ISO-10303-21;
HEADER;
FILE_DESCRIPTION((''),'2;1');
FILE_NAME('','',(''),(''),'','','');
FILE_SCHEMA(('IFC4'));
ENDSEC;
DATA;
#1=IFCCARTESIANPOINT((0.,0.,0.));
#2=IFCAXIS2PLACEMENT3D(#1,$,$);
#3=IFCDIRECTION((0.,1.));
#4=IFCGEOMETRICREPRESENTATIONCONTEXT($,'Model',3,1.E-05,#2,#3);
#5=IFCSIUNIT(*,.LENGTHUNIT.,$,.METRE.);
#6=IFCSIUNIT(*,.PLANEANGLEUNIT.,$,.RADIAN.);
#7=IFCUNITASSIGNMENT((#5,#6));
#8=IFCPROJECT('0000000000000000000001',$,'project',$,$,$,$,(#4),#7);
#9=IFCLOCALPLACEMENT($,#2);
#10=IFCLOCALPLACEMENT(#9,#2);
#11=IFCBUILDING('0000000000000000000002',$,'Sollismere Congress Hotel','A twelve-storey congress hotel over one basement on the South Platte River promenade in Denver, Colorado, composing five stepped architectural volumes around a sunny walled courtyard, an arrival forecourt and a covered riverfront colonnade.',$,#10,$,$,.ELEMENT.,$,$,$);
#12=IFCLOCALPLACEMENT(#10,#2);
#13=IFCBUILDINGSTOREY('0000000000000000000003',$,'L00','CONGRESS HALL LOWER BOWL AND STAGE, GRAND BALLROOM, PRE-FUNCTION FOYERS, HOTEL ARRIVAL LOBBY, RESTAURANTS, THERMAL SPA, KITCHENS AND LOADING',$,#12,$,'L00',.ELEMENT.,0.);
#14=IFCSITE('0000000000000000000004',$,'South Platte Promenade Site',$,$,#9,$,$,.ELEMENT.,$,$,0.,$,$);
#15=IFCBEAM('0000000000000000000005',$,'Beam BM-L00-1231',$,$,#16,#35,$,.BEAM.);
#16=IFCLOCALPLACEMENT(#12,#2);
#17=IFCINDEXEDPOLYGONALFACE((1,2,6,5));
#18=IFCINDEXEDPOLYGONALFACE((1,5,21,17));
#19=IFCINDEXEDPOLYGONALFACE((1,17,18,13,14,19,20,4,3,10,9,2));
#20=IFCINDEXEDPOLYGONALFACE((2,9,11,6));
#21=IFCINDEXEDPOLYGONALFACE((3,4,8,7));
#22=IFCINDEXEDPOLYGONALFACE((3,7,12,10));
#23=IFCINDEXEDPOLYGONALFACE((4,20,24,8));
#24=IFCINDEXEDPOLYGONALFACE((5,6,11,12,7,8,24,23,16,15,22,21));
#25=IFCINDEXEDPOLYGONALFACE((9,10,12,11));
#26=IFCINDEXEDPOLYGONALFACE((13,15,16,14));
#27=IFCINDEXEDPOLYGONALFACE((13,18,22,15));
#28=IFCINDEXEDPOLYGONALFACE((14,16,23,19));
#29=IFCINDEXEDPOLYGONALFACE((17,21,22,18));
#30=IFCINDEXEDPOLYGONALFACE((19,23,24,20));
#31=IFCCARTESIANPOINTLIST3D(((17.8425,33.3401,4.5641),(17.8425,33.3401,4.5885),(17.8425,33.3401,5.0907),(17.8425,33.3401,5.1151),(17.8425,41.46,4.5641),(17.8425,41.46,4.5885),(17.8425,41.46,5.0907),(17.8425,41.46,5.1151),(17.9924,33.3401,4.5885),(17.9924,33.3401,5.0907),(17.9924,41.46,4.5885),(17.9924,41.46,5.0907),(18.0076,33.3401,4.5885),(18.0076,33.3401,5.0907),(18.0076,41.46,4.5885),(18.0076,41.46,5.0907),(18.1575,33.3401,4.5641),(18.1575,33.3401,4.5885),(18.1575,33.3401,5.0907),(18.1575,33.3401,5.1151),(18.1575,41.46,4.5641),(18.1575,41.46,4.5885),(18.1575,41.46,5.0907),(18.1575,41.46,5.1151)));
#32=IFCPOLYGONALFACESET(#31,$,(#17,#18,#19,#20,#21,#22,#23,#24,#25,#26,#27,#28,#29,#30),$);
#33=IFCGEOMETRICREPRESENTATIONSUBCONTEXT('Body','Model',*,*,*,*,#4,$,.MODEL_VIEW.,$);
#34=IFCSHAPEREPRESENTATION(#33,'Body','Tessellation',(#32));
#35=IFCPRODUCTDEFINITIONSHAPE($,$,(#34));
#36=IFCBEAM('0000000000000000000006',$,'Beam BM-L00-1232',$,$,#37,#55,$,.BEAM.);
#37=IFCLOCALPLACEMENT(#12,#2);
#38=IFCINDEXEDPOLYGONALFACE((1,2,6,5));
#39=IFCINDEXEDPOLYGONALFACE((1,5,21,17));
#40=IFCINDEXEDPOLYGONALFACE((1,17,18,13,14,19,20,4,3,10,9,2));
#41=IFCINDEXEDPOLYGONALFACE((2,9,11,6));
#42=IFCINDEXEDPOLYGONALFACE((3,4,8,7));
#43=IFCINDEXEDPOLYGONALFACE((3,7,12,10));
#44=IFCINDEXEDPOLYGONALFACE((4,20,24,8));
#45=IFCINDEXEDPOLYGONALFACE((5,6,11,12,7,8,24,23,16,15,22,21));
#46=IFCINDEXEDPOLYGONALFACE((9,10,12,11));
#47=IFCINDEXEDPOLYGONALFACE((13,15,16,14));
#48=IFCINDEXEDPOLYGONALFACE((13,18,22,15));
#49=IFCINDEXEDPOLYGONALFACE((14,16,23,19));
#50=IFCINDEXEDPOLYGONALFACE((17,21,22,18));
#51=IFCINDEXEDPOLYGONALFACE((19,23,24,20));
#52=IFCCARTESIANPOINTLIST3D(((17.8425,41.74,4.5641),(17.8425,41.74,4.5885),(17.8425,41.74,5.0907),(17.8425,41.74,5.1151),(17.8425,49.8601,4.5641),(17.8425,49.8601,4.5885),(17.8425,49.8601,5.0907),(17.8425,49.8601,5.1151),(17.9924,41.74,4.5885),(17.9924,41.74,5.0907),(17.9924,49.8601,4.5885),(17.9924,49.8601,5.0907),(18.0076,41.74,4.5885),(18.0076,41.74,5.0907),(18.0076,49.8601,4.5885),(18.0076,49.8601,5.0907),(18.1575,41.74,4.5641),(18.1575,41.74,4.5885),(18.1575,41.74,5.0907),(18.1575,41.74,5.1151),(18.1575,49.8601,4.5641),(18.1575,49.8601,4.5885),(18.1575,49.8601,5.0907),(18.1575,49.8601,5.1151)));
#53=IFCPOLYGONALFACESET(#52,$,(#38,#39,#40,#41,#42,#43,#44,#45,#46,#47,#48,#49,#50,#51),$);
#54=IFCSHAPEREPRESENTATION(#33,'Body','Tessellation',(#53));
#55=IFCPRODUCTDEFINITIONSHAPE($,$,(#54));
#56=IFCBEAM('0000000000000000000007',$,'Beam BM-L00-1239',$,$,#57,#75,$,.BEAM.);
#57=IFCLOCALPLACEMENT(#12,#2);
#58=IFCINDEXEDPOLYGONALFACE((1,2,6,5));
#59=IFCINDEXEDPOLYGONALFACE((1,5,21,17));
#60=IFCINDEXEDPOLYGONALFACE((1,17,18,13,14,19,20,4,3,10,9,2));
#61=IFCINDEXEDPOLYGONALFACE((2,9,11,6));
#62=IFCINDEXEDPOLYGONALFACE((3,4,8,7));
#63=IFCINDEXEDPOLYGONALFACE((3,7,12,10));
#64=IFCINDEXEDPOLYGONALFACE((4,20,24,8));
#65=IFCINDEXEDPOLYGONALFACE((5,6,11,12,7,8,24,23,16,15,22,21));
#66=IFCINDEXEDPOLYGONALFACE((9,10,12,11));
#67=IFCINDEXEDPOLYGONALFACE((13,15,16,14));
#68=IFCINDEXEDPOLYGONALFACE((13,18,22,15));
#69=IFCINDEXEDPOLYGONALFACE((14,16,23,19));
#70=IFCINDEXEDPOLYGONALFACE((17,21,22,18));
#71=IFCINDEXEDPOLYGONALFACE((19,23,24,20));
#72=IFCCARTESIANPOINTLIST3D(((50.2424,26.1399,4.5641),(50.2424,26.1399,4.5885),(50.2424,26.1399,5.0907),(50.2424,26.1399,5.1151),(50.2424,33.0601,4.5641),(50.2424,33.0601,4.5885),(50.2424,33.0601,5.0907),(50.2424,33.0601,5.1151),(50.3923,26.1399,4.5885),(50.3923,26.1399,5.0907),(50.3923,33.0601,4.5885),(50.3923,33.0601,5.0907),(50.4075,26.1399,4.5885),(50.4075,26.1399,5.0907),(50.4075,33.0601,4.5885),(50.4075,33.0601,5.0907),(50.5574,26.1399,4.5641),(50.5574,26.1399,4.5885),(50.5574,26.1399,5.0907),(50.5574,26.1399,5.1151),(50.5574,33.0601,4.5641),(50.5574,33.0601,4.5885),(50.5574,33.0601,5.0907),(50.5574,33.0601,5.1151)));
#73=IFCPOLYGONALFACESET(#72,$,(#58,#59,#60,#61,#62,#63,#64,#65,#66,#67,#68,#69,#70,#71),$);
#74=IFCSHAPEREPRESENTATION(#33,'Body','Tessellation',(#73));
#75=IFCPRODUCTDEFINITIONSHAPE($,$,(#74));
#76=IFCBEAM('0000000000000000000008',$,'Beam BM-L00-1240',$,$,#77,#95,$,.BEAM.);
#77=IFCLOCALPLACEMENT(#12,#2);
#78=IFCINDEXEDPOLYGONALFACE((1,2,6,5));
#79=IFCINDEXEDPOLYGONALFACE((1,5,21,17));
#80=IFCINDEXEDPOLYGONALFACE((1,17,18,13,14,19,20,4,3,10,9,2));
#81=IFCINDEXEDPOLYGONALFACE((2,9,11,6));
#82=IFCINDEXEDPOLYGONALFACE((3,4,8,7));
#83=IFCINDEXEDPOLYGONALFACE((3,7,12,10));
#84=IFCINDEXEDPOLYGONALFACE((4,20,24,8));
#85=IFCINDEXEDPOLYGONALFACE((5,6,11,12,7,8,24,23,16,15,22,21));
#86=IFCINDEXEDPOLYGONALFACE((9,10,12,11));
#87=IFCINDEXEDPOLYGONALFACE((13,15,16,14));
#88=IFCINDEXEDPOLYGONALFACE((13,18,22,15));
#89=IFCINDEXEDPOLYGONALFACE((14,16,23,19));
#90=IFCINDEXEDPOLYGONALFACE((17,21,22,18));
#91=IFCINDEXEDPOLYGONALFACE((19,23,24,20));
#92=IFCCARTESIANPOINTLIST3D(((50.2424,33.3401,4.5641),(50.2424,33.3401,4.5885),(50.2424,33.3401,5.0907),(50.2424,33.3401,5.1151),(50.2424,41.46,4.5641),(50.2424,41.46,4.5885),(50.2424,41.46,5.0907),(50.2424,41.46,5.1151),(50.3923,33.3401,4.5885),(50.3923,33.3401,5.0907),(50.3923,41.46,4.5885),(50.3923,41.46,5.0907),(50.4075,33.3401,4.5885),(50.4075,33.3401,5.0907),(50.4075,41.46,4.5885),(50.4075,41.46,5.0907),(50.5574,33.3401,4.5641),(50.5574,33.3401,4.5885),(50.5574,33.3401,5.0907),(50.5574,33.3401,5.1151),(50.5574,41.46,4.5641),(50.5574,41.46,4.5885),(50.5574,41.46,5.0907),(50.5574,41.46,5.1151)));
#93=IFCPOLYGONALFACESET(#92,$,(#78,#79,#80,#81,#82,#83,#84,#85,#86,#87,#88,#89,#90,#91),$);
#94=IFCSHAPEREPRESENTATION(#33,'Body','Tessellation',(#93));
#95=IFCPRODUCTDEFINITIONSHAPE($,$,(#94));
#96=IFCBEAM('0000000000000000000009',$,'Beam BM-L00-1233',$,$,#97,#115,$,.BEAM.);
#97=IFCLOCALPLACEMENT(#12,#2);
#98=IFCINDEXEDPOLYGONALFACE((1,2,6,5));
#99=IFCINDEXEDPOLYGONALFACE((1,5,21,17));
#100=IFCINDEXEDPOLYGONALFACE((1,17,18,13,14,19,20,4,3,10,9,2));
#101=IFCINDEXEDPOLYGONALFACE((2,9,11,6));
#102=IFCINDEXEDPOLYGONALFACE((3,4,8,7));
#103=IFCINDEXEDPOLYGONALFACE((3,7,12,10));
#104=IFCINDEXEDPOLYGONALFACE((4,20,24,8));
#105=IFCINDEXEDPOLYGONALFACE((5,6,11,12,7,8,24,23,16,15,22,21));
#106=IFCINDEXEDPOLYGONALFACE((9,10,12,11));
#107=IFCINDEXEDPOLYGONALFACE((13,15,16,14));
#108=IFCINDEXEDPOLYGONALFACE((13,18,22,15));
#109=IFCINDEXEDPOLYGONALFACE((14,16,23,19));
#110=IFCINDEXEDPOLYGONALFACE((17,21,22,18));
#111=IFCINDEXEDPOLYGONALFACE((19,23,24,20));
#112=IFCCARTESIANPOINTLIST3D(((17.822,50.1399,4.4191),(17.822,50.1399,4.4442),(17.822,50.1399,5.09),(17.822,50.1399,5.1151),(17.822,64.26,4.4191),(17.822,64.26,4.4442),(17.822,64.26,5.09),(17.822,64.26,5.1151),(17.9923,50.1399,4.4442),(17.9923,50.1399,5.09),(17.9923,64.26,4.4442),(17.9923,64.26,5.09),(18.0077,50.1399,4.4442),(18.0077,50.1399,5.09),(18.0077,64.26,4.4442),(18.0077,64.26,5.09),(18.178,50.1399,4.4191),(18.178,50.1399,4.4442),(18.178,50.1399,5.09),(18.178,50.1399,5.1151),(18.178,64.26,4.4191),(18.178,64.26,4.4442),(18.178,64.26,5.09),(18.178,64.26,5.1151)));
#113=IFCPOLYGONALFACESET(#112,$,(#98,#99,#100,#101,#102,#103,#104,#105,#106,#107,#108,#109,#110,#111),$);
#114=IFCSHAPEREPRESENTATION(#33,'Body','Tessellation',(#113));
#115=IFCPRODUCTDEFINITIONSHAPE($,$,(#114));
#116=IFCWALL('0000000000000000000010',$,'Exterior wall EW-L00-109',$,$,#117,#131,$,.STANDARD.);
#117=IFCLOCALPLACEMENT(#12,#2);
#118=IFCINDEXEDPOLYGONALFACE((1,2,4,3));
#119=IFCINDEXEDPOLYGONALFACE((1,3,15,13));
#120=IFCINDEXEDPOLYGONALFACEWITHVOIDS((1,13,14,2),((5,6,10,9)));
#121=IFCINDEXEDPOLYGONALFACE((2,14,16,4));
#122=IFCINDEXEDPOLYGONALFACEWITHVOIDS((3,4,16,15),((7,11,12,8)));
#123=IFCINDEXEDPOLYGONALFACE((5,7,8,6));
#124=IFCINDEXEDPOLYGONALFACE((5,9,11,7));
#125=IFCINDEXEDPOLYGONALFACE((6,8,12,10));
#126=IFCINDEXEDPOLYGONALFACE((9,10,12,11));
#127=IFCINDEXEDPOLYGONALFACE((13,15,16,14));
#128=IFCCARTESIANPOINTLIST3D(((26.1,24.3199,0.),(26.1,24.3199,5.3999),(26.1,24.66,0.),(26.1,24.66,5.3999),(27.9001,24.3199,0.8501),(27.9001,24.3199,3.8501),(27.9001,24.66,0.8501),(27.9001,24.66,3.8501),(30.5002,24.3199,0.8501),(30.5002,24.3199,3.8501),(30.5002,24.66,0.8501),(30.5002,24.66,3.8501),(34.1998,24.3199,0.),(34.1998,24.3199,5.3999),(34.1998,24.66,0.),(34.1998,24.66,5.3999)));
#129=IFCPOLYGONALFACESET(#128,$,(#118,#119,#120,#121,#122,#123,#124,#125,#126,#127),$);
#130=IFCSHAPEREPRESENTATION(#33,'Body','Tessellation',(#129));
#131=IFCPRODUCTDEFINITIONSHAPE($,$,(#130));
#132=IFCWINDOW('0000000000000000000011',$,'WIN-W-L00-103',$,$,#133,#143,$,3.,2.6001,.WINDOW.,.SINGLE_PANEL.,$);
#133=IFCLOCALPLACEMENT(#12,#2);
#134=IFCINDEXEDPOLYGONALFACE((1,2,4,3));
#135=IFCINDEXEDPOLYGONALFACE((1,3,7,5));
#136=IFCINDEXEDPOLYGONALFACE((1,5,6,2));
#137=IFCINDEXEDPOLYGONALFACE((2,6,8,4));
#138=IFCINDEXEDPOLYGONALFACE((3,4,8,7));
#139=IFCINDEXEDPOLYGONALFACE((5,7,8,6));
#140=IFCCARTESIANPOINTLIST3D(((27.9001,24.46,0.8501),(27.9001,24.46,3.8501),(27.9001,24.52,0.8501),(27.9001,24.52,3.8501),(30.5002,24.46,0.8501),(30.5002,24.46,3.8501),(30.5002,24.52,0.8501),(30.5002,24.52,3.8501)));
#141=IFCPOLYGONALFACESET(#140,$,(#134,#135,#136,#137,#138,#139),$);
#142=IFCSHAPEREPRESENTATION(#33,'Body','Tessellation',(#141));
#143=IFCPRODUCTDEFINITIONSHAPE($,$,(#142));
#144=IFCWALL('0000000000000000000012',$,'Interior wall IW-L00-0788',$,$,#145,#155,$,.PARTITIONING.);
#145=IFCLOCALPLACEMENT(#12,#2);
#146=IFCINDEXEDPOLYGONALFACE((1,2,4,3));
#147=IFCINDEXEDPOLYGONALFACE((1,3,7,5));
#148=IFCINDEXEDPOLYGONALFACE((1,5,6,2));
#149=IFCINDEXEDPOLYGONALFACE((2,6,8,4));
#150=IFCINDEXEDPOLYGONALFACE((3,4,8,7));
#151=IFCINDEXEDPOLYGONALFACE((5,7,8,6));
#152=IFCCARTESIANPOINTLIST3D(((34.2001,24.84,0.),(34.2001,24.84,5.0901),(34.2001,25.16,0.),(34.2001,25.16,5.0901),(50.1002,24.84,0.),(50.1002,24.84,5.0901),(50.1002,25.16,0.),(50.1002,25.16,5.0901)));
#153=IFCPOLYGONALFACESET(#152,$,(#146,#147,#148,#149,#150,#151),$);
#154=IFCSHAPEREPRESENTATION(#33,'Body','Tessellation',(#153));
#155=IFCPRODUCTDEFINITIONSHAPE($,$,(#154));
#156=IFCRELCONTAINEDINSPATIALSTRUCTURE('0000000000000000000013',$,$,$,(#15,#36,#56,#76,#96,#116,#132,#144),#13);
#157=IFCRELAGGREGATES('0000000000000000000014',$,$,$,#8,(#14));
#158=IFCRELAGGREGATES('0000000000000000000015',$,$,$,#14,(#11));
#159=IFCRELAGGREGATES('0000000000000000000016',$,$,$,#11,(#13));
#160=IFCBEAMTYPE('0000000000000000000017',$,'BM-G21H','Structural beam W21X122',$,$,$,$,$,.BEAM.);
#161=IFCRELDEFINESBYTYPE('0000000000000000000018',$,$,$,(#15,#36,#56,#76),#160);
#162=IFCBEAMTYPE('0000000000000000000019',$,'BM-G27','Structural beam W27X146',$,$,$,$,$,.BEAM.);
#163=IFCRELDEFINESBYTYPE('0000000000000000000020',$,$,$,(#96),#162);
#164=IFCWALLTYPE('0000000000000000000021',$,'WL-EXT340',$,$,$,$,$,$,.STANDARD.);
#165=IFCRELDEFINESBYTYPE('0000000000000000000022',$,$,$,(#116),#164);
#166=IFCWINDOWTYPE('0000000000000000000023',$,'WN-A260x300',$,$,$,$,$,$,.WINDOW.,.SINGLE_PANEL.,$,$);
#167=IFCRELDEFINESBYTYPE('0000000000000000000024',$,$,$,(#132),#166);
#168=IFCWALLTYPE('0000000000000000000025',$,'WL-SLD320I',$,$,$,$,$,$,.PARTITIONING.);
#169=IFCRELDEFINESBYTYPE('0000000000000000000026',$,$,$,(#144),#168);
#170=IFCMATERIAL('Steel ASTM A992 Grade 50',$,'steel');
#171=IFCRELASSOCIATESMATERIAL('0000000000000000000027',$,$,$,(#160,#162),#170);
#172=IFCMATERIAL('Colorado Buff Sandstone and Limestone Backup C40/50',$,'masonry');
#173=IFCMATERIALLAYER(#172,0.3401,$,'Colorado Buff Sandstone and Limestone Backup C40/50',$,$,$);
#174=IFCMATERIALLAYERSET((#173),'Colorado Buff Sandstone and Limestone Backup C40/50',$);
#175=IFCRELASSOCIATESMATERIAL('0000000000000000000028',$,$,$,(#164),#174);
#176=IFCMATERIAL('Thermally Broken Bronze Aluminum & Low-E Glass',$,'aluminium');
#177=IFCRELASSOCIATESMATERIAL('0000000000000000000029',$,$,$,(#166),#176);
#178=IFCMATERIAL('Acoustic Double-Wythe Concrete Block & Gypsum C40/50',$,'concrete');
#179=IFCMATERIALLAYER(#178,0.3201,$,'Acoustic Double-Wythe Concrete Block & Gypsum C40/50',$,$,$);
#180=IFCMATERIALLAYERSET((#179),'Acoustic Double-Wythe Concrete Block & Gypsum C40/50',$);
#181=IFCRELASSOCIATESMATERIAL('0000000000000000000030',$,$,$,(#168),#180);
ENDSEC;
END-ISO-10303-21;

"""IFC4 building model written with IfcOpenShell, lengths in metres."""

from ifc_helpers import new_model, si_unit, direction, frame, frame_2d, origin, origin_2d, place, context, subcontext, project, spatial, rectangle, i_section, extrude, material, layer, layer_set, material_profile, profile_set, type_object, element, fill, save


model = new_model("IFC4")

# Units and contexts
model_context = context("Model", 3, precision=1e-05, world=origin(), true_north=direction((0.0, 1.0)))
body_context = subcontext(model_context, "Body", "Model", "MODEL_VIEW")
ifc_project = project(units=[si_unit("LENGTHUNIT", "METRE"), si_unit("PLANEANGLEUNIT", "RADIAN")], contexts=[model_context])

# Site, building, storey
site_placement = place(None, origin())
site = spatial("IfcSite", under=ifc_project, at=site_placement, Name="South Platte Promenade Site", CompositionType="ELEMENT", RefElevation=0.0)
building_placement = place(site_placement, origin())
building = spatial("IfcBuilding", under=site, at=building_placement, Name="Sollismere Congress Hotel", Description="A twelve-storey congress hotel over one basement on the South Platte River promenade in Denver, Colorado, composing five stepped architectural volumes around a sunny walled courtyard, an arrival forecourt and a covered riverfront colonnade.", CompositionType="ELEMENT")
storey_placement = place(building_placement, origin())
storey = spatial("IfcBuildingStorey", under=building, at=storey_placement, Name="L00", Description="CONGRESS HALL LOWER BOWL AND STAGE, GRAND BALLROOM, PRE-FUNCTION FOYERS, HOTEL ARRIVAL LOBBY, RESTAURANTS, THERMAL SPA, KITCHENS AND LOADING", LongName="L00", CompositionType="ELEMENT", Elevation=0.0)

# Shared definitions
ifc_material_1 = material(Name="Steel ASTM A992 Grade 50", Category="steel")

# Beams
ifc_material_profile_1 = material_profile(ifc_material_1, i_section(OverallWidth=0.3149, OverallDepth=0.551, WebThickness=0.0151, FlangeThickness=0.0244, at=origin_2d()), Name="W21X122")
ifc_profile_set_1 = profile_set([ifc_material_profile_1], Name="Steel ASTM A992 Grade 50")
beam_type_1 = type_object("IfcBeamType", Name="BM-G21H", Description="Structural beam W21X122", PredefinedType="BEAM", material=ifc_profile_set_1)
beam_1_placement = place(storey_placement, frame((18.0, 33.3401, 4.8396), z_axis=(0.0, 1.0, 0.0), x_axis=(-1.0, 0.0, 0.0)))
element("IfcBeam", 1, at=beam_1_placement, inside=storey, type_object=beam_type_1, Name="Beam BM-L00-1231", PredefinedType="BEAM", context=body_context, shape_type="SweptSolid", body=[
    extrude(i_section(OverallWidth=0.3149, OverallDepth=0.551, WebThickness=0.0151, FlangeThickness=0.0244, at=origin_2d()), origin(), (0.0, 0.0, 1.0), 8.1199),
])
beam_2_placement = place(storey_placement, frame((18.0, 41.74, 4.8396), z_axis=(0.0, 1.0, 0.0), x_axis=(-1.0, 0.0, 0.0)))
element("IfcBeam", 2, at=beam_2_placement, inside=storey, type_object=beam_type_1, Name="Beam BM-L00-1232", PredefinedType="BEAM", context=body_context, shape_type="SweptSolid", body=[
    extrude(i_section(OverallWidth=0.3149, OverallDepth=0.551, WebThickness=0.0151, FlangeThickness=0.0244, at=origin_2d()), origin(), (0.0, 0.0, 1.0), 8.1201),
])
beam_3_placement = place(storey_placement, frame((50.3999, 26.1399, 4.8396), z_axis=(0.0, 1.0, 0.0), x_axis=(-1.0, 0.0, 0.0)))
element("IfcBeam", 3, at=beam_3_placement, inside=storey, type_object=beam_type_1, Name="Beam BM-L00-1239", PredefinedType="BEAM", context=body_context, shape_type="SweptSolid", body=[
    extrude(i_section(OverallWidth=0.3149, OverallDepth=0.551, WebThickness=0.0151, FlangeThickness=0.0244, at=origin_2d()), origin(), (0.0, 0.0, 1.0), 6.9202),
])
beam_4_placement = place(storey_placement, frame((50.3999, 33.3401, 4.8396), z_axis=(0.0, 1.0, 0.0), x_axis=(-1.0, 0.0, 0.0)))
element("IfcBeam", 4, at=beam_4_placement, inside=storey, type_object=beam_type_1, Name="Beam BM-L00-1240", PredefinedType="BEAM", context=body_context, shape_type="SweptSolid", body=[
    extrude(i_section(OverallWidth=0.3149, OverallDepth=0.551, WebThickness=0.0151, FlangeThickness=0.0244, at=origin_2d()), origin(), (0.0, 0.0, 1.0), 8.1199),
])
ifc_material_profile_2 = material_profile(ifc_material_1, i_section(OverallWidth=0.356, OverallDepth=0.696, WebThickness=0.0154, FlangeThickness=0.0251, at=origin_2d()), Name="W27X146")
ifc_profile_set_2 = profile_set([ifc_material_profile_2], Name="Steel ASTM A992 Grade 50")
beam_type_2 = type_object("IfcBeamType", Name="BM-G27", Description="Structural beam W27X146", PredefinedType="BEAM", material=ifc_profile_set_2)
beam_5_placement = place(storey_placement, frame((18.0, 50.1399, 4.7671), z_axis=(0.0, 1.0, 0.0), x_axis=(-1.0, 0.0, 0.0)))
element("IfcBeam", 5, at=beam_5_placement, inside=storey, type_object=beam_type_2, Name="Beam BM-L00-1233", PredefinedType="BEAM", context=body_context, shape_type="SweptSolid", body=[
    extrude(i_section(OverallWidth=0.356, OverallDepth=0.696, WebThickness=0.0154, FlangeThickness=0.0251, at=origin_2d()), origin(), (0.0, 0.0, 1.0), 14.1201),
])

# Wall, opening, window
ifc_material_2 = material(Name="Colorado Buff Sandstone and Limestone Backup C40/50", Category="masonry")
ifc_layer_1 = layer(ifc_material_2, 0.3401, Name="Colorado Buff Sandstone and Limestone Backup C40/50")
ifc_layer_set_1 = layer_set([ifc_layer_1], Name="Colorado Buff Sandstone and Limestone Backup C40/50")
wall_type_1 = type_object("IfcWallType", Name="WL-EXT340", PredefinedType="STANDARD", material=ifc_layer_set_1)
wall_1_placement = place(storey_placement, frame((26.1001, 24.49, 0.0), z_axis=(0.0, 0.0, 1.0), x_axis=(1.0, 0.0, 0.0)))
wall_1 = element("IfcWall", 6, at=wall_1_placement, inside=storey, type_object=wall_type_1, Name="Exterior wall EW-L00-109", PredefinedType="STANDARD", context=body_context, shape_type="SweptSolid", body=[
    extrude(rectangle(XDim=8.0999, YDim=0.3401, at=frame_2d((4.0498, 0.0))), origin(), (0.0, 0.0, 1.0), 5.3999),
])
opening_1_placement = place(wall_1_placement, frame((1.8, 0.0, 0.8501)))
opening_1 = element("IfcOpeningElement", 7, at=opening_1_placement, cuts=wall_1, PredefinedType="OPENING", context=body_context, shape_type="SweptSolid", body=[
    extrude(rectangle(XDim=2.6001, YDim=3.0, at=frame_2d((1.3, 1.5))), frame((0.0, 0.1799, 0.0), z_axis=(0.0, -1.0, 0.0), x_axis=(1.0, 0.0, 0.0)), (0.0, 0.0, 1.0), 0.3601),
])
ifc_material_3 = material(Name="Thermally Broken Bronze Aluminum & Low-E Glass", Category="aluminium")
window_type = type_object("IfcWindowType", Name="WN-A260x300", PartitioningType="SINGLE_PANEL", PredefinedType="WINDOW", material=ifc_material_3)
window_placement = place(opening_1_placement, origin())
window = element("IfcWindow", 8, at=window_placement, inside=storey, type_object=window_type, Name="WIN-W-L00-103", OverallHeight=3.0, OverallWidth=2.6001, PartitioningType="SINGLE_PANEL", PredefinedType="WINDOW", context=body_context, shape_type="SweptSolid", body=[
    extrude(rectangle(XDim=2.6001, YDim=3.0, at=frame_2d((1.3, 1.5))), frame((0.0, 0.03, 0.0), z_axis=(0.0, -1.0, 0.0), x_axis=(1.0, 0.0, 0.0)), (0.0, 0.0, 1.0), 0.0601),
])
fill(opening_1, window)

# Wall
ifc_material_4 = material(Name="Acoustic Double-Wythe Concrete Block & Gypsum C40/50", Category="concrete")
ifc_layer_2 = layer(ifc_material_4, 0.3201, Name="Acoustic Double-Wythe Concrete Block & Gypsum C40/50")
ifc_layer_set_2 = layer_set([ifc_layer_2], Name="Acoustic Double-Wythe Concrete Block & Gypsum C40/50")
wall_type_2 = type_object("IfcWallType", Name="WL-SLD320I", PredefinedType="PARTITIONING", material=ifc_layer_set_2)
wall_2_placement = place(storey_placement, frame((34.2, 25.0, 0.0), z_axis=(0.0, 0.0, 1.0), x_axis=(1.0, 0.0, 0.0)))
element("IfcWall", 9, at=wall_2_placement, inside=storey, type_object=wall_type_2, Name="Interior wall IW-L00-0788", PredefinedType="PARTITIONING", context=body_context, shape_type="SweptSolid", body=[
    extrude(rectangle(XDim=15.9001, YDim=0.3201, at=frame_2d((7.9502, 0.0))), origin(), (0.0, 0.0, 1.0), 5.0901),
])

save(model, "model.ifc")
